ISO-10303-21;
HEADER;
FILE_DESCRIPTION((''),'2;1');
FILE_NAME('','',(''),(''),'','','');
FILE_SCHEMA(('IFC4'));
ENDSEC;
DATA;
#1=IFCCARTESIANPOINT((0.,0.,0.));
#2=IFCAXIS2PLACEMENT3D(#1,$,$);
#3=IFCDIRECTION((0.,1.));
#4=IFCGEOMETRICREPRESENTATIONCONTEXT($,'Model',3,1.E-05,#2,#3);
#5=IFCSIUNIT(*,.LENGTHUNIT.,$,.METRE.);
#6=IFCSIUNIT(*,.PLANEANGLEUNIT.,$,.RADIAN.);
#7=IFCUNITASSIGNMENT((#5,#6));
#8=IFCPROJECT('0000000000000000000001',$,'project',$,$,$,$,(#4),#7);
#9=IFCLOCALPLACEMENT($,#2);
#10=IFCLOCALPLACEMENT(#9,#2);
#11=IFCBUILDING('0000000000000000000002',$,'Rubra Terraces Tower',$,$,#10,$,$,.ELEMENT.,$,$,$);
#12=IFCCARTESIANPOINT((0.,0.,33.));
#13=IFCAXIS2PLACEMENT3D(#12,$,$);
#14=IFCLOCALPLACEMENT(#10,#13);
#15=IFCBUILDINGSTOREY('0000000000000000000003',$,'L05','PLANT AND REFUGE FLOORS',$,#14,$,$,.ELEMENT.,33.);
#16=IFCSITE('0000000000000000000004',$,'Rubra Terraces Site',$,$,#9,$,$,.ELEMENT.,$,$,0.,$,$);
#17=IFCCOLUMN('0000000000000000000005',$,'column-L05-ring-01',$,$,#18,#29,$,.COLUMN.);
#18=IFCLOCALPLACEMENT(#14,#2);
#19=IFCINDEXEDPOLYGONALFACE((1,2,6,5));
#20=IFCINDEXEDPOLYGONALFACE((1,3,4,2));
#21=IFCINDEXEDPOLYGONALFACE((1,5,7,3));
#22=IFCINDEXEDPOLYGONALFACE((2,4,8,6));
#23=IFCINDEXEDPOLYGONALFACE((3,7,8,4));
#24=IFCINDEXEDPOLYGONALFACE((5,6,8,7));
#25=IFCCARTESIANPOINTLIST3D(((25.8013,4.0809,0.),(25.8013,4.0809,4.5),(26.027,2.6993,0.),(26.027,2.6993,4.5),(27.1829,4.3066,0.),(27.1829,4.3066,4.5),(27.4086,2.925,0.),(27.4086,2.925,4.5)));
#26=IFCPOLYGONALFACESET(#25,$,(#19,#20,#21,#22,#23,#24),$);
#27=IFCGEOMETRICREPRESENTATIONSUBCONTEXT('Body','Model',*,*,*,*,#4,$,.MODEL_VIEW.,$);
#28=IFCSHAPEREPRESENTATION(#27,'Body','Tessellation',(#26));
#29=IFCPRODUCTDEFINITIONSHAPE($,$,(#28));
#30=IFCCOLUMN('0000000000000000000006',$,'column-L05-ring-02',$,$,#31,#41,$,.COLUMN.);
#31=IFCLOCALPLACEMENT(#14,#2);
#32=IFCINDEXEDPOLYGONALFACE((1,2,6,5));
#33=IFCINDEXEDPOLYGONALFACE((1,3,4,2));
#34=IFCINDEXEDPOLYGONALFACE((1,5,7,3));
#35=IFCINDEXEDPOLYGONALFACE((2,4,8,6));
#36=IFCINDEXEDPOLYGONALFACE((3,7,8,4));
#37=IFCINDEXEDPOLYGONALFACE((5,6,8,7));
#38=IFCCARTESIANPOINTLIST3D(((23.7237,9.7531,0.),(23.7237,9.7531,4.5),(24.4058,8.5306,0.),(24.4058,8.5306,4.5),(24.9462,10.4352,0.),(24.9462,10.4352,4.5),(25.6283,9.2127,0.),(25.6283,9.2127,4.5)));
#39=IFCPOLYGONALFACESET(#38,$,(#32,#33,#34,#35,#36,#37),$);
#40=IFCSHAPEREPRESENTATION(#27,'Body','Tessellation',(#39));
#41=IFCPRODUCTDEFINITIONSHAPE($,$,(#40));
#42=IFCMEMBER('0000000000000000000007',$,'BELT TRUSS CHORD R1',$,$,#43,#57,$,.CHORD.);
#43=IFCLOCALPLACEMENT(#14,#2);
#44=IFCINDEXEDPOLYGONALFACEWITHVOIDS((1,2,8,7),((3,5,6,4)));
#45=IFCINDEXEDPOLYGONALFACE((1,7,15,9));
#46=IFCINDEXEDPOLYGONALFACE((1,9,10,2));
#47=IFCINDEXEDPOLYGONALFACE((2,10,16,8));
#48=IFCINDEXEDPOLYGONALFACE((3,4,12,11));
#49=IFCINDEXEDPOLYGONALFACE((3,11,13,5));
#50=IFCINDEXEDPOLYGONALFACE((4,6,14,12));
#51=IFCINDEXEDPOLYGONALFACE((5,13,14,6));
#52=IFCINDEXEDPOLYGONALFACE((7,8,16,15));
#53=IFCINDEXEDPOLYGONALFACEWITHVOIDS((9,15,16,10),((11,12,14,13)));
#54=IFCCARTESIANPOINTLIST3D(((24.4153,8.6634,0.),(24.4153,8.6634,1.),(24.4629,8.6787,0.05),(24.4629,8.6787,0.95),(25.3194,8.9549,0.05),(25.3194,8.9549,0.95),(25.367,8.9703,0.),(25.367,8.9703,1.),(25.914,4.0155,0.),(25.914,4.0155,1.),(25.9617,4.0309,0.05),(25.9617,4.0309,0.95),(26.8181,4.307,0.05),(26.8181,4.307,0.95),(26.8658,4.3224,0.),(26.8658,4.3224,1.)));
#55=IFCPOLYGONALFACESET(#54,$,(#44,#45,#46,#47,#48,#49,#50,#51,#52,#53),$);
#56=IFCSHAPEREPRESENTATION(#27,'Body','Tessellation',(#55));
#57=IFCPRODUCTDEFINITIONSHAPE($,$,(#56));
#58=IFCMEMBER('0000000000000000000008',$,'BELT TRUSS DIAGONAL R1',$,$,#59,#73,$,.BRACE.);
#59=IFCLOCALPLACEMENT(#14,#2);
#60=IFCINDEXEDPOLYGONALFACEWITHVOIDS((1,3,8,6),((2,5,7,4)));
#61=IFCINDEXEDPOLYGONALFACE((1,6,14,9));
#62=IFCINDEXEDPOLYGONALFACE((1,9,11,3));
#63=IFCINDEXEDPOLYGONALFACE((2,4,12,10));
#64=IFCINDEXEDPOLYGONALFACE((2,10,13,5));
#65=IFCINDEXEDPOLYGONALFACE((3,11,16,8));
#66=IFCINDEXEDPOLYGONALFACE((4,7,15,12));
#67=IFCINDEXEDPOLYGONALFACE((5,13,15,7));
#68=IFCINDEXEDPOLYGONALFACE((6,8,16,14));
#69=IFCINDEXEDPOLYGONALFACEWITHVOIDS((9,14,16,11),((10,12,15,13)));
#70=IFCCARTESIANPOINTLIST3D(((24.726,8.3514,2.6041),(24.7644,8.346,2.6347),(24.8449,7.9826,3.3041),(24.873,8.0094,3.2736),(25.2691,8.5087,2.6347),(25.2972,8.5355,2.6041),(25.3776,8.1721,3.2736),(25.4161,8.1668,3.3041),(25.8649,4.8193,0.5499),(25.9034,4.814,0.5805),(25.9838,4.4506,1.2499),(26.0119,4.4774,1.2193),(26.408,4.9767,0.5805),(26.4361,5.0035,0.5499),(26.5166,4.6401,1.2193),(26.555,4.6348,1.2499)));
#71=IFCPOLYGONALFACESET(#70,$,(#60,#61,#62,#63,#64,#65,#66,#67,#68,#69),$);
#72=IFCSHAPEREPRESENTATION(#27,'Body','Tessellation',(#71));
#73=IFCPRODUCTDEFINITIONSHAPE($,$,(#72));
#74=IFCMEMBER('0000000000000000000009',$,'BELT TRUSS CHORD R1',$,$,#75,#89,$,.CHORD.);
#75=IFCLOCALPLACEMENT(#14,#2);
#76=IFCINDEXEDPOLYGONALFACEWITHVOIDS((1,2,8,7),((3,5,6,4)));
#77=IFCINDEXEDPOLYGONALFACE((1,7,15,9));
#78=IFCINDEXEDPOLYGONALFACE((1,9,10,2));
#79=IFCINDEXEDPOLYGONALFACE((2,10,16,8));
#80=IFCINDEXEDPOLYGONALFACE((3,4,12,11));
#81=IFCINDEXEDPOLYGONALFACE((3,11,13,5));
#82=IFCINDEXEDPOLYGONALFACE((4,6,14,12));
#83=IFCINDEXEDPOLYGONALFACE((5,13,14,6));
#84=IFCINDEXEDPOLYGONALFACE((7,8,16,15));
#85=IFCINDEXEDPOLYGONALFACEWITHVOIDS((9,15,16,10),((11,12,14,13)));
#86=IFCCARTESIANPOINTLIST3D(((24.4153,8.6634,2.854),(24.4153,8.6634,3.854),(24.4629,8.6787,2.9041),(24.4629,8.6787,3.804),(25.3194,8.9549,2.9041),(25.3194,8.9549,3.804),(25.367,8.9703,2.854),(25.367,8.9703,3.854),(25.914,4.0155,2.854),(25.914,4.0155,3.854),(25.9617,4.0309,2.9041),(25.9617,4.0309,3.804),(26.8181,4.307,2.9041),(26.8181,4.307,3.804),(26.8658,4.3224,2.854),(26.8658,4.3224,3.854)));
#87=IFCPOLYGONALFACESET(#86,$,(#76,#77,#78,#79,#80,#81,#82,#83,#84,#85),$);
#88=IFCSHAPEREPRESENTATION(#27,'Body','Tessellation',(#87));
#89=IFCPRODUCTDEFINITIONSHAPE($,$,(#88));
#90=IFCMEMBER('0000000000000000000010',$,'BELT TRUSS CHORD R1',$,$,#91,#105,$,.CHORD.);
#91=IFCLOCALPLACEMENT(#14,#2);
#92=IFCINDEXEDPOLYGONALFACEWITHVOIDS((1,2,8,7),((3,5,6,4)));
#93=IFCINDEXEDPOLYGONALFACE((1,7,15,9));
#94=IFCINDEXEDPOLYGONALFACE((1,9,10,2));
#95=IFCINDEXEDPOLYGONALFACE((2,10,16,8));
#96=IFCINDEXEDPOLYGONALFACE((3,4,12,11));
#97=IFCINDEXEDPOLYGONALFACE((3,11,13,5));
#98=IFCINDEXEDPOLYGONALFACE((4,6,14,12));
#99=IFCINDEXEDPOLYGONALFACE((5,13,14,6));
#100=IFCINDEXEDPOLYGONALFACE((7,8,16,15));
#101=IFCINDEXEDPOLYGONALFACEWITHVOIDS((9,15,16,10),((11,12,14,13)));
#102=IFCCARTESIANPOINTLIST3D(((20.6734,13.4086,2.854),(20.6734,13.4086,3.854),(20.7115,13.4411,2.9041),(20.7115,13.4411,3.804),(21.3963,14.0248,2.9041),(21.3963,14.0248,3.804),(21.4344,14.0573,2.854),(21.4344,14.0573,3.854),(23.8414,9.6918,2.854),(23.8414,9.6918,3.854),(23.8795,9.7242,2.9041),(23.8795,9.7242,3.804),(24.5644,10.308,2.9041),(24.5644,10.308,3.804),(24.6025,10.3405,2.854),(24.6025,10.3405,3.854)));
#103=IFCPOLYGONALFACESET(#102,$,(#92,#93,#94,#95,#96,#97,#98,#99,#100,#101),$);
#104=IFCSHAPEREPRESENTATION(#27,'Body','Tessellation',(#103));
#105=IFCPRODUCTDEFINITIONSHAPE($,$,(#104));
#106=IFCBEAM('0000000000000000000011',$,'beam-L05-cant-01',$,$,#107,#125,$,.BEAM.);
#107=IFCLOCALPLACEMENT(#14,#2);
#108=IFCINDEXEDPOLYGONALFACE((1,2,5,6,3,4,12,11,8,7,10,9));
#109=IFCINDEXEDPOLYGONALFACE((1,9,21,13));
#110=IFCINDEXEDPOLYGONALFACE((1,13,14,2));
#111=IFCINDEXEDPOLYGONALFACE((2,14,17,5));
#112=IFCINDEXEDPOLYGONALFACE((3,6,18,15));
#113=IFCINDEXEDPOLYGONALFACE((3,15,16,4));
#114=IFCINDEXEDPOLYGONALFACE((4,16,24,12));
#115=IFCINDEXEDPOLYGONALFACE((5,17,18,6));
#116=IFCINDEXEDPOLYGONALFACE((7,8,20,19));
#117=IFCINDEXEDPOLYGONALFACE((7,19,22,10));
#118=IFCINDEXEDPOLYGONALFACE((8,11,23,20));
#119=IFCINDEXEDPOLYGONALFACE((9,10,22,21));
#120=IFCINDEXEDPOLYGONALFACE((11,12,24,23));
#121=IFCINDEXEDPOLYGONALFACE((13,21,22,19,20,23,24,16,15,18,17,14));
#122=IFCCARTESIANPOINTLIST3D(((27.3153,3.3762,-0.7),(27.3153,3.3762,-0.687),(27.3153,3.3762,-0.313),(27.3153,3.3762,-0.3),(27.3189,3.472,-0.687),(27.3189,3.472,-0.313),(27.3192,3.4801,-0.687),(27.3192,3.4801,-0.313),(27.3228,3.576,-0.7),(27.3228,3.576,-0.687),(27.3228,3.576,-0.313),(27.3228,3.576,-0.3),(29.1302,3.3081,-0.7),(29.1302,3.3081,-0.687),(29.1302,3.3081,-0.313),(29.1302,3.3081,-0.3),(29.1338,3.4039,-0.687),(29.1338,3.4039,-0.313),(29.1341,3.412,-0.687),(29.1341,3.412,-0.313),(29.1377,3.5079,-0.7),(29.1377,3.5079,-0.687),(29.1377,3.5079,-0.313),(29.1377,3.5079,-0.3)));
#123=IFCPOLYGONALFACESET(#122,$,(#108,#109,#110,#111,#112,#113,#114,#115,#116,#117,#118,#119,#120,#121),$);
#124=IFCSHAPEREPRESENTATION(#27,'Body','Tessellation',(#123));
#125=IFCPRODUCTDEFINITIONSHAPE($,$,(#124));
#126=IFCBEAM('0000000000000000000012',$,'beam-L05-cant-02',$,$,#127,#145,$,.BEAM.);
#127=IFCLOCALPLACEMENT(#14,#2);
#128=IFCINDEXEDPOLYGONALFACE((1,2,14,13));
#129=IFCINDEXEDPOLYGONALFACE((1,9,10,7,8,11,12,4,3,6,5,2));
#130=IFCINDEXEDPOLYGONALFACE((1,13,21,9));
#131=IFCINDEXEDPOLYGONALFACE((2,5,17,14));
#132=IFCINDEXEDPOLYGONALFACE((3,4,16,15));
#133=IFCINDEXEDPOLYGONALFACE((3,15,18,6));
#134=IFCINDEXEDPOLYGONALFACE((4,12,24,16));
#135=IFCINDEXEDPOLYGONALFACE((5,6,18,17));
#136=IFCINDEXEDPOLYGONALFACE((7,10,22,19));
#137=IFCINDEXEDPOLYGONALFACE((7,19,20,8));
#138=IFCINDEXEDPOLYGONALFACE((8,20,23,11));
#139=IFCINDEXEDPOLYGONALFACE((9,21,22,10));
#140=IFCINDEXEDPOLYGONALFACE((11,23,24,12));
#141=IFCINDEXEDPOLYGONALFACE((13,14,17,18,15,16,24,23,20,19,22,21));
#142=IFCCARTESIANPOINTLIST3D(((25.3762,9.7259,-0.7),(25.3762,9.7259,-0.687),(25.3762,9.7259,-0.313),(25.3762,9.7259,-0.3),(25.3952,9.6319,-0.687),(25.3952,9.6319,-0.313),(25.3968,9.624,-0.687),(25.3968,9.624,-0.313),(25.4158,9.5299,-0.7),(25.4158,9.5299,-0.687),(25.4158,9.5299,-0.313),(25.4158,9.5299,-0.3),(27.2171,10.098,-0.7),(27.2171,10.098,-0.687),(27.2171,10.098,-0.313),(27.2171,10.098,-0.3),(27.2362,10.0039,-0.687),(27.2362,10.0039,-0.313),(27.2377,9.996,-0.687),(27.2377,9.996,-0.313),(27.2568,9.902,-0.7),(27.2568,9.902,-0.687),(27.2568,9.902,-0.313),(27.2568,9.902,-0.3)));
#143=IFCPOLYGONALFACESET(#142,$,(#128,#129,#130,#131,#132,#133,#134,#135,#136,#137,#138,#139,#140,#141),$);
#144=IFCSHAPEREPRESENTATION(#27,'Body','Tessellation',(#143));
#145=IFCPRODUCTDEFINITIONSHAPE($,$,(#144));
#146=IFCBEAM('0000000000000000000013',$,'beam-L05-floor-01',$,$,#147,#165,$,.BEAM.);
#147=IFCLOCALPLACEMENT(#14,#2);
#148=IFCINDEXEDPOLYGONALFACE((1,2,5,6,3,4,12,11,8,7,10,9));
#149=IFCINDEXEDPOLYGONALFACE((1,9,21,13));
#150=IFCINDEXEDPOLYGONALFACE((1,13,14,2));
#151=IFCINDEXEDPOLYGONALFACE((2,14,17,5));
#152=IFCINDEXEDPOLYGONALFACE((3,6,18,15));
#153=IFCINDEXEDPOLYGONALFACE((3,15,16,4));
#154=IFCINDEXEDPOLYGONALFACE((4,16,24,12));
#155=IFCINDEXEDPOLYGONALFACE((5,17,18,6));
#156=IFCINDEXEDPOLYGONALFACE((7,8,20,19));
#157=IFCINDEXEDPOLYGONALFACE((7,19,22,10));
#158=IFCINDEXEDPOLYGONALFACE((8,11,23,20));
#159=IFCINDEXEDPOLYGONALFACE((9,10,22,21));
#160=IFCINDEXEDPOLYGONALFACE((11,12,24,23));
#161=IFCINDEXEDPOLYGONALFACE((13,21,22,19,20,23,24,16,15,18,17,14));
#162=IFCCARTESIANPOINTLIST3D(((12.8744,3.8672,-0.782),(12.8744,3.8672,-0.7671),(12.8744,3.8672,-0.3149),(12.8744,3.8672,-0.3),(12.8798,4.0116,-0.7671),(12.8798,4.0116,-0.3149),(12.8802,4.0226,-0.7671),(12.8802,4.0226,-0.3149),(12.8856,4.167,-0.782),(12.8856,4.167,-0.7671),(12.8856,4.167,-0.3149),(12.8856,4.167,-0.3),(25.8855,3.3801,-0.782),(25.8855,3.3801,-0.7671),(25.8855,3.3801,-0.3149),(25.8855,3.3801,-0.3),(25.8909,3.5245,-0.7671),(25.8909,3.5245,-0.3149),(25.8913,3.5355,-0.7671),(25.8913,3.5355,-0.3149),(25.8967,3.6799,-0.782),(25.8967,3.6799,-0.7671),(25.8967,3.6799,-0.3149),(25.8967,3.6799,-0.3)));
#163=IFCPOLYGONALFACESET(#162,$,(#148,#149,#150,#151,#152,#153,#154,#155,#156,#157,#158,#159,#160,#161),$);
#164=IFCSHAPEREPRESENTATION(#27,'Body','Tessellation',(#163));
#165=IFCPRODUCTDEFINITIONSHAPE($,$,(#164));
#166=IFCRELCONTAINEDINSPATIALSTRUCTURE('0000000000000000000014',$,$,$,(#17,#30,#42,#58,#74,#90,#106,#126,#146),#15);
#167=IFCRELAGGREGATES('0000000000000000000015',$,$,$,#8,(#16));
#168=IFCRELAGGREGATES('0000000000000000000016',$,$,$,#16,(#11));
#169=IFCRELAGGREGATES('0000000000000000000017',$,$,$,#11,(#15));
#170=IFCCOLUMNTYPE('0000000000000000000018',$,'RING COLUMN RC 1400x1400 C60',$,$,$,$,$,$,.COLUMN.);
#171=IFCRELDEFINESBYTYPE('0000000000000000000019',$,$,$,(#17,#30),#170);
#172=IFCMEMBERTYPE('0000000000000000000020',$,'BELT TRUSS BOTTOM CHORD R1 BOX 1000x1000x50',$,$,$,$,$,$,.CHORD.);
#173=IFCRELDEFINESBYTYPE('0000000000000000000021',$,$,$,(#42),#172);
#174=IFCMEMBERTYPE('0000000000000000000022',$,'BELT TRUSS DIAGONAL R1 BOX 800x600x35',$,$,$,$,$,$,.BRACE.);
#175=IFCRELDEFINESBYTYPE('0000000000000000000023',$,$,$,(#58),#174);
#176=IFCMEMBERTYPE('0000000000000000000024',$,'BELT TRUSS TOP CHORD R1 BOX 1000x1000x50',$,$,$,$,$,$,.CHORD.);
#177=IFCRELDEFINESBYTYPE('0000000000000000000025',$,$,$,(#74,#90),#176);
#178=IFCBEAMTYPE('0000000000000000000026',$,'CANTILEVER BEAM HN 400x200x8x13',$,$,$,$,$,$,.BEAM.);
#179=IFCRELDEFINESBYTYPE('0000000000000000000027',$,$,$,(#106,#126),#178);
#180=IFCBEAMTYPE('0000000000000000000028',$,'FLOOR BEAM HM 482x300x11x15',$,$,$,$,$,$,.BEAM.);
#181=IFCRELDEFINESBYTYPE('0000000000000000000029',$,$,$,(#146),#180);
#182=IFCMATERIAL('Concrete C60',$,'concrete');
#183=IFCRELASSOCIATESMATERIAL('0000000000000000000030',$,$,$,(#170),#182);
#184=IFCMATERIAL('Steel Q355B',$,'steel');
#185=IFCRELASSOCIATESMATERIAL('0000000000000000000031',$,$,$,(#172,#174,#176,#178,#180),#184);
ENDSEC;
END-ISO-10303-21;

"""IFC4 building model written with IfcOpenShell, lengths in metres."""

from ifc_helpers import new_model, si_unit, direction, frame, origin, origin_2d, place, context, subcontext, project, spatial, rectangle, hollow_rectangle, i_section, extrude, material, material_profile, profile_set, type_object, element, save


model = new_model("IFC4")

# Units and contexts
model_context = context("Model", 3, precision=1e-05, world=origin(), true_north=direction((0.0, 1.0)))
body_context = subcontext(model_context, "Body", "Model", "MODEL_VIEW")
ifc_project = project(units=[si_unit("LENGTHUNIT", "METRE"), si_unit("PLANEANGLEUNIT", "RADIAN")], contexts=[model_context])

# Site, building, storey
site_placement = place(None, origin())
site = spatial("IfcSite", under=ifc_project, at=site_placement, Name="Rubra Terraces Site", CompositionType="ELEMENT", RefElevation=0.0)
building_placement = place(site_placement, origin())
building = spatial("IfcBuilding", under=site, at=building_placement, Name="Rubra Terraces Tower", CompositionType="ELEMENT")
storey_placement = place(building_placement, frame((0.0, 0.0, 33.0)))
storey = spatial("IfcBuildingStorey", under=building, at=storey_placement, Name="L05", Description="PLANT AND REFUGE FLOORS", CompositionType="ELEMENT", Elevation=33.0)

# Columns
ifc_material_1 = material(Name="Concrete C60", Category="concrete")
ifc_material_profile_1 = material_profile(ifc_material_1, rectangle(XDim=1.3999, YDim=1.3999, at=origin_2d()), Name="RC 1400x1400")
ifc_profile_set_1 = profile_set([ifc_material_profile_1], Name="Concrete C60")
column_type = type_object("IfcColumnType", Name="RING COLUMN RC 1400x1400 C60", PredefinedType="COLUMN", material=ifc_profile_set_1)
for number, where, z_axis, x_axis, name in (
    (1, (26.605, 3.5029, 0.0), (0.0, 0.0, 1.0), (-0.161234, 0.986916, 0.0), "column-L05-ring-01"),
    (2, (24.676, 9.4829, 0.0), (0.0, 0.0, 1.0), (-0.487227, 0.873276, 0.0), "column-L05-ring-02"),
):
    element("IfcColumn", number, at=place(storey_placement, frame(where, z_axis=z_axis, x_axis=x_axis)), inside=storey, type_object=column_type, Name=name, PredefinedType="COLUMN", context=body_context, shape_type="SweptSolid", body=[
        extrude(rectangle(XDim=1.3999, YDim=1.3999, at=origin_2d()), origin(), (0.0, 0.0, 1.0), 4.5),
    ])

# Members
ifc_material_2 = material(Name="Steel Q355B", Category="steel")
ifc_material_profile_2 = material_profile(ifc_material_2, hollow_rectangle(XDim=1.0, YDim=1.0, WallThickness=0.05, at=origin_2d()), Name="BOX 1000x1000x50")
ifc_profile_set_2 = profile_set([ifc_material_profile_2], Name="Steel Q355B")
member_type_1 = type_object("IfcMemberType", Name="BELT TRUSS BOTTOM CHORD R1 BOX 1000x1000x50", PredefinedType="CHORD", material=ifc_profile_set_2)
member_1_placement = place(storey_placement, frame((26.3899, 4.1689, 0.5), z_axis=(-0.306899, 0.951742, 0.0), x_axis=(-0.951742, -0.306899, 0.0)))
element("IfcMember", 3, at=member_1_placement, inside=storey, type_object=member_type_1, Name="BELT TRUSS CHORD R1", PredefinedType="CHORD", context=body_context, shape_type="SweptSolid", body=[
    extrude(hollow_rectangle(XDim=1.0, YDim=1.0, WallThickness=0.05, at=origin_2d()), origin(), (0.0, 0.0, 1.0), 4.8835),
])
ifc_material_profile_3 = material_profile(ifc_material_2, hollow_rectangle(XDim=0.6001, YDim=0.8, WallThickness=0.0349, at=origin_2d()), Name="BOX 800x600x35")
ifc_profile_set_3 = profile_set([ifc_material_profile_3], Name="Steel Q355B")
member_type_2 = type_object("IfcMemberType", Name="BELT TRUSS DIAGONAL R1 BOX 800x600x35", PredefinedType="BRACE", material=ifc_profile_set_3)
member_2_placement = place(storey_placement, frame((26.21, 4.7271, 0.8999), z_axis=(-0.268507, 0.832687, 0.48429), x_axis=(-0.951743, -0.306897, 0.0)))
element("IfcMember", 4, at=member_2_placement, inside=storey, type_object=member_type_2, Name="BELT TRUSS DIAGONAL R1", PredefinedType="BRACE", context=body_context, shape_type="SweptSolid", body=[
    extrude(hollow_rectangle(XDim=0.6001, YDim=0.8, WallThickness=0.0349, at=origin_2d()), origin(), (0.0, 0.0, 1.0), 4.2417),
])
ifc_material_profile_4 = material_profile(ifc_material_2, hollow_rectangle(XDim=1.0, YDim=1.0, WallThickness=0.05, at=origin_2d()), Name="BOX 1000x1000x50")
ifc_profile_set_4 = profile_set([ifc_material_profile_4], Name="Steel Q355B")
member_type_3 = type_object("IfcMemberType", Name="BELT TRUSS TOP CHORD R1 BOX 1000x1000x50", PredefinedType="CHORD", material=ifc_profile_set_4)
member_3_placement = place(storey_placement, frame((26.3899, 4.1689, 3.354), z_axis=(-0.306899, 0.951742, 0.0), x_axis=(-0.951742, -0.306899, 0.0)))
element("IfcMember", 5, at=member_3_placement, inside=storey, type_object=member_type_3, Name="BELT TRUSS CHORD R1", PredefinedType="CHORD", context=body_context, shape_type="SweptSolid", body=[
    extrude(hollow_rectangle(XDim=1.0, YDim=1.0, WallThickness=0.05, at=origin_2d()), origin(), (0.0, 0.0, 1.0), 4.8835),
])
member_4_placement = place(storey_placement, frame((24.2219, 10.0161, 3.354), z_axis=(-0.648681, 0.76106, 0.0), x_axis=(-0.76106, -0.648681, 0.0)))
element("IfcMember", 6, at=member_4_placement, inside=storey, type_object=member_type_3, Name="BELT TRUSS CHORD R1", PredefinedType="CHORD", context=body_context, shape_type="SweptSolid", body=[
    extrude(hollow_rectangle(XDim=1.0, YDim=1.0, WallThickness=0.05, at=origin_2d()), origin(), (0.0, 0.0, 1.0), 4.8838),
])

# Beams
ifc_material_profile_5 = material_profile(ifc_material_2, i_section(OverallWidth=0.2, OverallDepth=0.3999, WebThickness=0.0081, FlangeThickness=0.0129, at=origin_2d()), Name="HN 400x200x8x13")
ifc_profile_set_5 = profile_set([ifc_material_profile_5], Name="Steel Q355B")
beam_type_1 = type_object("IfcBeamType", Name="CANTILEVER BEAM HN 400x200x8x13", PredefinedType="BEAM", material=ifc_profile_set_5)
beam_1_placement = place(storey_placement, frame((27.3191, 3.4761, -0.5), z_axis=(0.999296, -0.037504, 0.0), x_axis=(0.037504, 0.999296, 0.0)))
element("IfcBeam", 7, at=beam_1_placement, inside=storey, type_object=beam_type_1, Name="beam-L05-cant-01", PredefinedType="BEAM", context=body_context, shape_type="SweptSolid", body=[
    extrude(i_section(OverallWidth=0.2, OverallDepth=0.3999, WebThickness=0.0081, FlangeThickness=0.0129, at=origin_2d()), origin(), (0.0, 0.0, 1.0), 1.8162),
])
beam_2_placement = place(storey_placement, frame((25.396, 9.6279, -0.5), z_axis=(0.980184, 0.19809, 0.0), x_axis=(-0.19809, 0.980184, 0.0)))
element("IfcBeam", 8, at=beam_2_placement, inside=storey, type_object=beam_type_1, Name="beam-L05-cant-02", PredefinedType="BEAM", context=body_context, shape_type="SweptSolid", body=[
    extrude(i_section(OverallWidth=0.2, OverallDepth=0.3999, WebThickness=0.0081, FlangeThickness=0.0129, at=origin_2d()), origin(), (0.0, 0.0, 1.0), 1.8782),
])
ifc_material_profile_6 = material_profile(ifc_material_2, i_section(OverallWidth=0.3, OverallDepth=0.4819, WebThickness=0.011, FlangeThickness=0.0149, at=origin_2d()), Name="HM 482x300x11x15")
ifc_profile_set_6 = profile_set([ifc_material_profile_6], Name="Steel Q355B")
beam_type_2 = type_object("IfcBeamType", Name="FLOOR BEAM HM 482x300x11x15", PredefinedType="BEAM", material=ifc_profile_set_6)
beam_3_placement = place(storey_placement, frame((25.8911, 3.53, -0.541), z_axis=(-0.9993, 0.037408, 0.0), x_axis=(-0.037408, -0.9993, 0.0)))
element("IfcBeam", 9, at=beam_3_placement, inside=storey, type_object=beam_type_2, Name="beam-L05-floor-01", PredefinedType="BEAM", context=body_context, shape_type="SweptSolid", body=[
    extrude(i_section(OverallWidth=0.3, OverallDepth=0.4819, WebThickness=0.011, FlangeThickness=0.0149, at=origin_2d()), origin(), (0.0, 0.0, 1.0), 13.0203),
])

save(model, "model.ifc")
